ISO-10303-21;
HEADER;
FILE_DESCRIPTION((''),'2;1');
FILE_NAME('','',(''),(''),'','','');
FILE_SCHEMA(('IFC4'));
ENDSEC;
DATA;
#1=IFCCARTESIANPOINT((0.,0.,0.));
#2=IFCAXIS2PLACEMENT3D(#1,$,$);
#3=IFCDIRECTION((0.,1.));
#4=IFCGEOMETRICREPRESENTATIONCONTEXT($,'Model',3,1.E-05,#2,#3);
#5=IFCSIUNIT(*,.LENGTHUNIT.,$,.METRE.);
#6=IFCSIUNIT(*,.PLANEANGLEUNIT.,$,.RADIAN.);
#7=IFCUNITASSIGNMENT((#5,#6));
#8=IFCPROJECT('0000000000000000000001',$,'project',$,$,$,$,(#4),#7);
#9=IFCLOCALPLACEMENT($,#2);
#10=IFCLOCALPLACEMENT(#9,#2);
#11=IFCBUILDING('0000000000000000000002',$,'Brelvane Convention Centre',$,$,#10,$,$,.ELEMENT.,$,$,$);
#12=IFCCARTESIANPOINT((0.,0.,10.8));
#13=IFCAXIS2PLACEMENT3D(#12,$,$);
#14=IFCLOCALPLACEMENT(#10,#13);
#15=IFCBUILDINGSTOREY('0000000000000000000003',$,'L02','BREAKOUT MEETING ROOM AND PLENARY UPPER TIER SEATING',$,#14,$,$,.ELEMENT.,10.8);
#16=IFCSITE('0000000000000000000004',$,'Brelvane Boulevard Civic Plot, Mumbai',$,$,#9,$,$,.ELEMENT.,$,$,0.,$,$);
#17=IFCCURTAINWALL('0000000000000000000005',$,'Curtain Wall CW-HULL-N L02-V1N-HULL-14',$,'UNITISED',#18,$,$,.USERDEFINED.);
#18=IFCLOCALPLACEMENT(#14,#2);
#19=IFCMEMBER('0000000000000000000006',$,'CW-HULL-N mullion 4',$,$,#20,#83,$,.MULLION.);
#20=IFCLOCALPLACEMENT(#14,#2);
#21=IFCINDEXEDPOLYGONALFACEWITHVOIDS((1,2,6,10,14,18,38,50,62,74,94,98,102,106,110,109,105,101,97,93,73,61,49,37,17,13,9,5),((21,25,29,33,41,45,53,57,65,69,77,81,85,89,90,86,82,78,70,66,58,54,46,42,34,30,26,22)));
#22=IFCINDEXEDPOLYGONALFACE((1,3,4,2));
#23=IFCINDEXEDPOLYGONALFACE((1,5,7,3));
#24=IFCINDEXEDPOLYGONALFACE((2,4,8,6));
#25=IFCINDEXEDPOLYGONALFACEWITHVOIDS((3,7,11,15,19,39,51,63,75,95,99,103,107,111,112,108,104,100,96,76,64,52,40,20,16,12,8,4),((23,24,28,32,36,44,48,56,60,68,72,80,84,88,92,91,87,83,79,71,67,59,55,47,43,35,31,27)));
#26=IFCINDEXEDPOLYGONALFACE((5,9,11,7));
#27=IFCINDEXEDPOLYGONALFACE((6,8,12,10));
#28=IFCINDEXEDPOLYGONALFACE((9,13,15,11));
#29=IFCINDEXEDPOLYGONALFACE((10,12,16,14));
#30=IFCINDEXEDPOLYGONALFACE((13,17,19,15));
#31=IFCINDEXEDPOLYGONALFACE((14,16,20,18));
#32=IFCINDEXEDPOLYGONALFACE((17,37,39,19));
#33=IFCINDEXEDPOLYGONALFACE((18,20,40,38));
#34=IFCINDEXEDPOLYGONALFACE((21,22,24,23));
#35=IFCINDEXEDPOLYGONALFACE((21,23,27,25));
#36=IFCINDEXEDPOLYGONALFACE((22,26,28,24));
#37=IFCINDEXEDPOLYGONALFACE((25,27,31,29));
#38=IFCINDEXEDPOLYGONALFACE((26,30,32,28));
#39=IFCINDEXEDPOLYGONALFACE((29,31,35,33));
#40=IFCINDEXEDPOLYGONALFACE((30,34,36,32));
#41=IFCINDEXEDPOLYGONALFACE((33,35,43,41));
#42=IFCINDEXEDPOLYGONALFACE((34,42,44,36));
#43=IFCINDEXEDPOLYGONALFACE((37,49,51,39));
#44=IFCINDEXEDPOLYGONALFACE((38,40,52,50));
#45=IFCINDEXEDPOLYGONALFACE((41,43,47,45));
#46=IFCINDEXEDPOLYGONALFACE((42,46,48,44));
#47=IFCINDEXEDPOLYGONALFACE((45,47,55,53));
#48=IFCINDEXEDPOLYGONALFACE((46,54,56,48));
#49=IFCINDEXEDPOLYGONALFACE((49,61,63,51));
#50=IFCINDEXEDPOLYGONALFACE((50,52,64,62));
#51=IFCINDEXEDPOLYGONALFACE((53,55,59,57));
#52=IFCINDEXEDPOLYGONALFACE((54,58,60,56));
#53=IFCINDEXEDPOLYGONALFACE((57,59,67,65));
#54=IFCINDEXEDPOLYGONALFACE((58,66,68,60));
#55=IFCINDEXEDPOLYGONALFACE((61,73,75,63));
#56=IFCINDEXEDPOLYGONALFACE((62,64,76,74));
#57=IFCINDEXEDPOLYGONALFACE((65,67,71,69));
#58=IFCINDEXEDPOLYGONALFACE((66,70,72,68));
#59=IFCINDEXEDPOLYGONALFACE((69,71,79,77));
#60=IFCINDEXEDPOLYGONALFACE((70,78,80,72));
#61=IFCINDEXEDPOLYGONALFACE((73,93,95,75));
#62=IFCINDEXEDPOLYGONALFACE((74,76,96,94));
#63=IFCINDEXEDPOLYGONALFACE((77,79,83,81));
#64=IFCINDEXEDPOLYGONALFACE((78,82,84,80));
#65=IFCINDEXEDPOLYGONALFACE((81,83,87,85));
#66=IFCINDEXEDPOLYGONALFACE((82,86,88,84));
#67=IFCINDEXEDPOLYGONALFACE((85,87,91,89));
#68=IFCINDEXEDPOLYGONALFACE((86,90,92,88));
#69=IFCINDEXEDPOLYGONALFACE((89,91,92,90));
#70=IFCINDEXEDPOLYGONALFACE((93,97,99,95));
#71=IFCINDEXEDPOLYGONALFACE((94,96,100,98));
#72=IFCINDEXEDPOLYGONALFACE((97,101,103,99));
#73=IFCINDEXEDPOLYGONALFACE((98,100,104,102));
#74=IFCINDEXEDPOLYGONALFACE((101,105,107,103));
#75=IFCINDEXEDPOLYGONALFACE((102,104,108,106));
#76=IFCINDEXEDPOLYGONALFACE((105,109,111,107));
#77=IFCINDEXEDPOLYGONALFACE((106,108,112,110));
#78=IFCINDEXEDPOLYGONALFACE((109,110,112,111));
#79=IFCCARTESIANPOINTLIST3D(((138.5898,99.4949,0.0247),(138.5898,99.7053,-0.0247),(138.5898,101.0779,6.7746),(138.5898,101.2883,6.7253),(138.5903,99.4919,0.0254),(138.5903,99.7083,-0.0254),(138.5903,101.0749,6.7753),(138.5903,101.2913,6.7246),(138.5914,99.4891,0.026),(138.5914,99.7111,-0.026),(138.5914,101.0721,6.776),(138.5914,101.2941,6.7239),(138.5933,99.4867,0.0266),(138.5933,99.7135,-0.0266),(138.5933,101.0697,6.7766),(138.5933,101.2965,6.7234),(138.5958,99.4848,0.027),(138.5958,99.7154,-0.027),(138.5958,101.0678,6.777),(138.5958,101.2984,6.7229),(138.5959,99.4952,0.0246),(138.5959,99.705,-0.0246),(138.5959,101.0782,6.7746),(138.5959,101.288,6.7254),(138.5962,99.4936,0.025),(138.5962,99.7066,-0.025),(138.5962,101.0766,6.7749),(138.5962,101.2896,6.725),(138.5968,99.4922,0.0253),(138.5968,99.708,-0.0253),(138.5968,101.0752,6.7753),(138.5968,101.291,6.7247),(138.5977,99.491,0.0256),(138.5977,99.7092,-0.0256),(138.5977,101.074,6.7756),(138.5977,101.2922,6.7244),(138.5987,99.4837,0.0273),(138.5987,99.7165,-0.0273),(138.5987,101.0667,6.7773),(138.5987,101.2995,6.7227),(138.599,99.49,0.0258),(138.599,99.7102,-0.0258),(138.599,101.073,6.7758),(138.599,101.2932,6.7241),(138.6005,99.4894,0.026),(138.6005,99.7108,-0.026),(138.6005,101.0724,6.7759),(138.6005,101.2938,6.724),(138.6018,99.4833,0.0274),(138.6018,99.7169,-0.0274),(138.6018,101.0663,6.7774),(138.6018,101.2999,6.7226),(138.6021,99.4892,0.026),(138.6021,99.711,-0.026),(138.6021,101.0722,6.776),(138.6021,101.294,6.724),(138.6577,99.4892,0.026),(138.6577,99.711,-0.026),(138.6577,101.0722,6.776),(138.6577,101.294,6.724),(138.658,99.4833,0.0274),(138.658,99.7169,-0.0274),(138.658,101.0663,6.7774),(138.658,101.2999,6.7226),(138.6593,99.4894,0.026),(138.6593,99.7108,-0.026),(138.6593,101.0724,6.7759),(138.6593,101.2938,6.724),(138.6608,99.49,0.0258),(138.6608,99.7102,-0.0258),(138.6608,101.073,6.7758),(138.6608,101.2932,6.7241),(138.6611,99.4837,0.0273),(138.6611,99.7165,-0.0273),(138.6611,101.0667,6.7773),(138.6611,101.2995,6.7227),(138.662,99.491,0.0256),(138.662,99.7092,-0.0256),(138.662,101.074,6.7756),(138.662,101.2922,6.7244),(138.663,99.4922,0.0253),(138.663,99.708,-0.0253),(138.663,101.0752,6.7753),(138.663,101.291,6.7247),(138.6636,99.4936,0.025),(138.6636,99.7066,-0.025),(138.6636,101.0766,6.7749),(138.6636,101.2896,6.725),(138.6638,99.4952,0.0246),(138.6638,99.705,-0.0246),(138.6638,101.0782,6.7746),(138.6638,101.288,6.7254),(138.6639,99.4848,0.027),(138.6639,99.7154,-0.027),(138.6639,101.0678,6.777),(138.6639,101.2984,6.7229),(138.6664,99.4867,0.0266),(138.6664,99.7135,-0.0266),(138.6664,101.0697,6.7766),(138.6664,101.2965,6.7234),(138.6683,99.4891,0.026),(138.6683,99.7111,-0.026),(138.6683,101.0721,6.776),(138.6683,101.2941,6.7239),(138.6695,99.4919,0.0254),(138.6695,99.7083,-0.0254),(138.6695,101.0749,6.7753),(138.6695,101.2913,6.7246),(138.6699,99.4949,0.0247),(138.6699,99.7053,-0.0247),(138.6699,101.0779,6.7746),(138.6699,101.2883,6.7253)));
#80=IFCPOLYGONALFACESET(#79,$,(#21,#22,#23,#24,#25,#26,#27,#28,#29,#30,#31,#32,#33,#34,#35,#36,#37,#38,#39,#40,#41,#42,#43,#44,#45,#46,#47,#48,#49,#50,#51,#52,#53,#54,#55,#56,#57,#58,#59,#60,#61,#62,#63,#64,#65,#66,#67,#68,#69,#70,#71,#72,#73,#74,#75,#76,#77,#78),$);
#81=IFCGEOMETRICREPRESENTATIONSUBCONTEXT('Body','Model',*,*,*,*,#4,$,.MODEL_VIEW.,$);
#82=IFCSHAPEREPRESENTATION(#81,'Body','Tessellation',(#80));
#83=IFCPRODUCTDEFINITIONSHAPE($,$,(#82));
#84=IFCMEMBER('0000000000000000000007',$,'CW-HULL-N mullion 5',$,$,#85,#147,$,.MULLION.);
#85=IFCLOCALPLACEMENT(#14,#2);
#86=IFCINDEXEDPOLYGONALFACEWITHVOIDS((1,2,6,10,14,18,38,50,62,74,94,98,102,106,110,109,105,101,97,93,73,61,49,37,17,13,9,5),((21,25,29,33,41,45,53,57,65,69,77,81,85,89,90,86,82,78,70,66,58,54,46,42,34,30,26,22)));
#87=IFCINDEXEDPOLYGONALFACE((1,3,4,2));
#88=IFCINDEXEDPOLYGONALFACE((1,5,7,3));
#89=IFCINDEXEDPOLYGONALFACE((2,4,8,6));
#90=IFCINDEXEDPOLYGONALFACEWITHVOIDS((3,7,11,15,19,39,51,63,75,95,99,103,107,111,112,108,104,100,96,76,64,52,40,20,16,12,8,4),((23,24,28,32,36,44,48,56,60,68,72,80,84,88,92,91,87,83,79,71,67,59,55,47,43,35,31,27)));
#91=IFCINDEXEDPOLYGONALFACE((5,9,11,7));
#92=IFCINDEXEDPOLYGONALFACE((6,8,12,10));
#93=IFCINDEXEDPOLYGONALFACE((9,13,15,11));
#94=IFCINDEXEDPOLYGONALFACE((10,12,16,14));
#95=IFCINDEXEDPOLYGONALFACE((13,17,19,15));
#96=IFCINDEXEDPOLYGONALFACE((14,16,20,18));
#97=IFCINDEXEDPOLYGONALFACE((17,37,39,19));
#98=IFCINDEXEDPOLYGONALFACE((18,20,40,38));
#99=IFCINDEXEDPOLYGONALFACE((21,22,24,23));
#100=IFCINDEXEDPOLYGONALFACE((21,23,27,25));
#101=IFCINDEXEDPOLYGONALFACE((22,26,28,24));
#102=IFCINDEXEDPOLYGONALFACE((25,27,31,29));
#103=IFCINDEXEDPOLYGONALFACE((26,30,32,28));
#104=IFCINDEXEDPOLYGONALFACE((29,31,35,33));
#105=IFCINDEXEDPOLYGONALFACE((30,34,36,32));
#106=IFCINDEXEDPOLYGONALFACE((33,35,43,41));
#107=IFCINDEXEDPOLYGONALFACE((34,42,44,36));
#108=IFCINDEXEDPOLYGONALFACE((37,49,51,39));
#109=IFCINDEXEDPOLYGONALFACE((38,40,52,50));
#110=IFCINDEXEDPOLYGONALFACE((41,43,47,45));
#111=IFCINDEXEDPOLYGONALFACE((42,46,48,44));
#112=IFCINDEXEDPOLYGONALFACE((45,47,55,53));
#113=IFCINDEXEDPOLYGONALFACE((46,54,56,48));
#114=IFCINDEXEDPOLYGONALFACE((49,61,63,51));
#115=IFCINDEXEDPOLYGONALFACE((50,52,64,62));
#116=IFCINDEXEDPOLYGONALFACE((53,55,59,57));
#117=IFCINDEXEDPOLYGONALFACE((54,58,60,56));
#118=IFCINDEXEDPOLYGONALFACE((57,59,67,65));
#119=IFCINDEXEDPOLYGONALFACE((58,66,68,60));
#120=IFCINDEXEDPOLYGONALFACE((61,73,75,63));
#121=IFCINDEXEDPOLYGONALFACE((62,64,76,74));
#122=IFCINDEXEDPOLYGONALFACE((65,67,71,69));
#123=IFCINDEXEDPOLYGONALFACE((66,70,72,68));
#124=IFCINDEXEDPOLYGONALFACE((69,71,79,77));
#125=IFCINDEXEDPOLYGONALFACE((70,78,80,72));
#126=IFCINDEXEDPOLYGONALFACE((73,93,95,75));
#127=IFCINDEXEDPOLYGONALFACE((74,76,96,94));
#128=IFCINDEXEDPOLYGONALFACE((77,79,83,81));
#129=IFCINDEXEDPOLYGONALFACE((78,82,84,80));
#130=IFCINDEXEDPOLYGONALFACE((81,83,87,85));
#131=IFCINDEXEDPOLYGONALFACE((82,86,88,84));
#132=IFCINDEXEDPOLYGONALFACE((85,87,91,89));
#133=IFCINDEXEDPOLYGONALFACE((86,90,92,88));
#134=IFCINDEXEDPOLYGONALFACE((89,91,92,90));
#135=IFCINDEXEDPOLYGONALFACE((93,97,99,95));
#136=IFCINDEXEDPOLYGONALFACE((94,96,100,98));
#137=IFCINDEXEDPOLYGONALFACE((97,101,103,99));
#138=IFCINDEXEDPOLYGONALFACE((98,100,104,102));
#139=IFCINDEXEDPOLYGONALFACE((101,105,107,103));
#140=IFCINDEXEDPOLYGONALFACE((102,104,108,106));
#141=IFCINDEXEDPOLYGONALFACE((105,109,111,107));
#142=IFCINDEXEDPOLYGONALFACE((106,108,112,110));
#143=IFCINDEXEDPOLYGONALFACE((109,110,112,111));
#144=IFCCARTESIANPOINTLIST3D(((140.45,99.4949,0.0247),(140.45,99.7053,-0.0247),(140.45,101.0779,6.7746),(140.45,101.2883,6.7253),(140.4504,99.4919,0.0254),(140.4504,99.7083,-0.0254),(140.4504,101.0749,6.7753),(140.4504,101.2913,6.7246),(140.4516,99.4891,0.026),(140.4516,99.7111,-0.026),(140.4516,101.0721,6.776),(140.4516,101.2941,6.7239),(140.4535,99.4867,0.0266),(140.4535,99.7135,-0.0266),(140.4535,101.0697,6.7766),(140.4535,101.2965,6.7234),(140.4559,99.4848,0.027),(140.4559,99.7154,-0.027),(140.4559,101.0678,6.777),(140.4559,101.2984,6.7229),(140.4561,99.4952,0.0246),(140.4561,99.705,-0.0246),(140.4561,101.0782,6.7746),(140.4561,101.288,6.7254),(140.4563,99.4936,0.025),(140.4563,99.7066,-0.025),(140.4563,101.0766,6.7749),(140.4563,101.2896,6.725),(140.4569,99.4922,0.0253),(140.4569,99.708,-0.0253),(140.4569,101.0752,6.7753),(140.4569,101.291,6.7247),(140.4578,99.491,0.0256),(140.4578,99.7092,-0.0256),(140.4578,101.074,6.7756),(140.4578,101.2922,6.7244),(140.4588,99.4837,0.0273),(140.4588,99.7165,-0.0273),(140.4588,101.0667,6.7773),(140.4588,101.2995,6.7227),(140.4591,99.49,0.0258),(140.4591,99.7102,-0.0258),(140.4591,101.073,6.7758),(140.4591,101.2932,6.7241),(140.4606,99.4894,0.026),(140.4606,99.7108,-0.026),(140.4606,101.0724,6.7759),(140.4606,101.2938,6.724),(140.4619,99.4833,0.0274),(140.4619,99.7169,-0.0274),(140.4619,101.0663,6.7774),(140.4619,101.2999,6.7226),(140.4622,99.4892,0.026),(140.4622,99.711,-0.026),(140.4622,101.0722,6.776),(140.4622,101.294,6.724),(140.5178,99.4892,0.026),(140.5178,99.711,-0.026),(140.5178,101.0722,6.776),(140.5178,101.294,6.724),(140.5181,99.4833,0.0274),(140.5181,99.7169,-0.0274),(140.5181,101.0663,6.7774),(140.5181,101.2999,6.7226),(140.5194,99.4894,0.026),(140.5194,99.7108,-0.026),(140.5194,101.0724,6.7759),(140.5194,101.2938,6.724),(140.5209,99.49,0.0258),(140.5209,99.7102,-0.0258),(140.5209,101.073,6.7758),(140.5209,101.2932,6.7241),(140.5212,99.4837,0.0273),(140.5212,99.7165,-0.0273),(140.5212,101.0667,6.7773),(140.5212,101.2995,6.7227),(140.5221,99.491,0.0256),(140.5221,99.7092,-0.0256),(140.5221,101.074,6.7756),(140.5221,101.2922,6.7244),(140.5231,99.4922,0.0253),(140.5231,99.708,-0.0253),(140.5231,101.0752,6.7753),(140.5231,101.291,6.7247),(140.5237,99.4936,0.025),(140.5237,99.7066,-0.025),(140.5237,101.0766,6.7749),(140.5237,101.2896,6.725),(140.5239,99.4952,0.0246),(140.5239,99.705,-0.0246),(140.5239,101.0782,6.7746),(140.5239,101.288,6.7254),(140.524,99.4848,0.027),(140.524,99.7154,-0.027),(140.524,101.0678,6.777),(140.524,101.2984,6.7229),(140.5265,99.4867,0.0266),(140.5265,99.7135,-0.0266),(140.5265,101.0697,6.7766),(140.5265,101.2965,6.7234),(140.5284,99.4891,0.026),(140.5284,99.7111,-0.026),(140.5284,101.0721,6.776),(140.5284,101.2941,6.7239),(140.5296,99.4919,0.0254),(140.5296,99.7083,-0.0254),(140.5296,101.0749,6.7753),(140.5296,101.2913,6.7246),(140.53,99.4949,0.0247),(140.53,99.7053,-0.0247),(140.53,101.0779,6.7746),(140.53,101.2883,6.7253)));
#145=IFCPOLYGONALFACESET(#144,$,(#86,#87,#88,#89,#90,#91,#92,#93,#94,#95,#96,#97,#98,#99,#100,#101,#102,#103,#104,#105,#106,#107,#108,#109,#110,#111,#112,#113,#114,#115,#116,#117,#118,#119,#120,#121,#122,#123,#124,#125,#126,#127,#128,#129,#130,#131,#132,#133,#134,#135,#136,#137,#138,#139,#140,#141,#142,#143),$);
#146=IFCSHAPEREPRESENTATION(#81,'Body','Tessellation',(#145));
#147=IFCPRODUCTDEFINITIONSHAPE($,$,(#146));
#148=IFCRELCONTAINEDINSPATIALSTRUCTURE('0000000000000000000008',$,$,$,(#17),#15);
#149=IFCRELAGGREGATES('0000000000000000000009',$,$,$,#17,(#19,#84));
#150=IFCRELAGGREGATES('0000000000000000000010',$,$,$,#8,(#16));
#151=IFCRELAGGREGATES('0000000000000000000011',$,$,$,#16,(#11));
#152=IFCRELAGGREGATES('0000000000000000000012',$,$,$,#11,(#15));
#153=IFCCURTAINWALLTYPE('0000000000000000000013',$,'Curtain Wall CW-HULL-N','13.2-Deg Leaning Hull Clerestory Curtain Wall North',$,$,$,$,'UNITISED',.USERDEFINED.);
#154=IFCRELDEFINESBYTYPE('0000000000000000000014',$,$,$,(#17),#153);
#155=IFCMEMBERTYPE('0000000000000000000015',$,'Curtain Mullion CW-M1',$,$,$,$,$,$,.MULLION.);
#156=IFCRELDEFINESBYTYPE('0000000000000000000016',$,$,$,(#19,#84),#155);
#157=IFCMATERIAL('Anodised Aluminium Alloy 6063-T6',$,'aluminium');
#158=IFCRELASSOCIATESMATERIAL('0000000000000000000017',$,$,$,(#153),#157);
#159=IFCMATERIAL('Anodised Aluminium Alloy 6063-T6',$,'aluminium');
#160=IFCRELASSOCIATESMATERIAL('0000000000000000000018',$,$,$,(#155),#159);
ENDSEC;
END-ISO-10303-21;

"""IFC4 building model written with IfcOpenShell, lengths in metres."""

from ifc_helpers import new_model, si_unit, direction, frame, origin, origin_2d, place, context, subcontext, project, spatial, hollow_rectangle, extrude, material, material_profile, profile_set, type_object, element, aggregate, save


model = new_model("IFC4")

# Units and contexts
model_context = context("Model", 3, precision=1e-05, world=origin(), true_north=direction((0.0, 1.0)))
body_context = subcontext(model_context, "Body", "Model", "MODEL_VIEW")
ifc_project = project(units=[si_unit("LENGTHUNIT", "METRE"), si_unit("PLANEANGLEUNIT", "RADIAN")], contexts=[model_context])

# Site, building, storey
site_placement = place(None, origin())
site = spatial("IfcSite", under=ifc_project, at=site_placement, Name="Brelvane Boulevard Civic Plot, Mumbai", CompositionType="ELEMENT", RefElevation=0.0)
building_placement = place(site_placement, origin())
building = spatial("IfcBuilding", under=site, at=building_placement, Name="Brelvane Convention Centre", CompositionType="ELEMENT")
storey_placement = place(building_placement, frame((0.0, 0.0, 10.8)))
storey = spatial("IfcBuildingStorey", under=building, at=storey_placement, Name="L02", Description="BREAKOUT MEETING ROOM AND PLENARY UPPER TIER SEATING", CompositionType="ELEMENT", Elevation=10.8)

# Shared definitions
ifc_material_1 = material(Name="Anodised Aluminium Alloy 6063-T6", Category="aluminium")
curtain_wall_type = type_object("IfcCurtainWallType", Name="Curtain Wall CW-HULL-N", Description="13.2-Deg Leaning Hull Clerestory Curtain Wall North", ElementType="UNITISED", PredefinedType="USERDEFINED", material=ifc_material_1)
ifc_material_2 = material(Name="Anodised Aluminium Alloy 6063-T6", Category="aluminium")
ifc_material_profile_1 = material_profile(ifc_material_2, hollow_rectangle(XDim=0.0801, YDim=0.24, WallThickness=0.0061, InnerFilletRadius=0.0061, OuterFilletRadius=0.012, at=origin_2d()), Name="ALU-M 240x80x6.0")
ifc_profile_set_1 = profile_set([ifc_material_profile_1], Name="Anodised Aluminium Alloy 6063-T6")
member_type_1 = type_object("IfcMemberType", Name="Curtain Mullion CW-M1", PredefinedType="MULLION", material=ifc_profile_set_1)

# Curtain wall, members
curtain_wall_1_placement = place(storey_placement, origin())
curtain_wall_1 = element("IfcCurtainWall", 1, at=curtain_wall_1_placement, inside=storey, type_object=curtain_wall_type, Name="Curtain Wall CW-HULL-N L02-V1N-HULL-14", ObjectType="UNITISED", PredefinedType="USERDEFINED")
member_1_placement = place(storey_placement, frame((138.6299, 99.6001, 0.0), z_axis=(0.0, 0.228325, 0.973585), x_axis=(-1.0, 0.0, 0.0)))
member_1 = element("IfcMember", 2, at=member_1_placement, type_object=member_type_1, Name="CW-HULL-N mullion 4", PredefinedType="MULLION", context=body_context, shape_type="SweptSolid", body=[
    extrude(hollow_rectangle(XDim=0.0801, YDim=0.24, WallThickness=0.0061, InnerFilletRadius=0.0061, OuterFilletRadius=0.012, at=origin_2d()), origin(), (0.0, 0.0, 1.0), 6.9331),
])
member_2_placement = place(storey_placement, frame((140.49, 99.6001, 0.0), z_axis=(0.0, 0.228325, 0.973585), x_axis=(-1.0, 0.0, 0.0)))
member_2 = element("IfcMember", 3, at=member_2_placement, type_object=member_type_1, Name="CW-HULL-N mullion 5", PredefinedType="MULLION", context=body_context, shape_type="SweptSolid", body=[
    extrude(hollow_rectangle(XDim=0.0801, YDim=0.24, WallThickness=0.0061, InnerFilletRadius=0.0061, OuterFilletRadius=0.012, at=origin_2d()), origin(), (0.0, 0.0, 1.0), 6.9331),
])

aggregate(curtain_wall_1, [member_1, member_2])

save(model, "model.ifc")
